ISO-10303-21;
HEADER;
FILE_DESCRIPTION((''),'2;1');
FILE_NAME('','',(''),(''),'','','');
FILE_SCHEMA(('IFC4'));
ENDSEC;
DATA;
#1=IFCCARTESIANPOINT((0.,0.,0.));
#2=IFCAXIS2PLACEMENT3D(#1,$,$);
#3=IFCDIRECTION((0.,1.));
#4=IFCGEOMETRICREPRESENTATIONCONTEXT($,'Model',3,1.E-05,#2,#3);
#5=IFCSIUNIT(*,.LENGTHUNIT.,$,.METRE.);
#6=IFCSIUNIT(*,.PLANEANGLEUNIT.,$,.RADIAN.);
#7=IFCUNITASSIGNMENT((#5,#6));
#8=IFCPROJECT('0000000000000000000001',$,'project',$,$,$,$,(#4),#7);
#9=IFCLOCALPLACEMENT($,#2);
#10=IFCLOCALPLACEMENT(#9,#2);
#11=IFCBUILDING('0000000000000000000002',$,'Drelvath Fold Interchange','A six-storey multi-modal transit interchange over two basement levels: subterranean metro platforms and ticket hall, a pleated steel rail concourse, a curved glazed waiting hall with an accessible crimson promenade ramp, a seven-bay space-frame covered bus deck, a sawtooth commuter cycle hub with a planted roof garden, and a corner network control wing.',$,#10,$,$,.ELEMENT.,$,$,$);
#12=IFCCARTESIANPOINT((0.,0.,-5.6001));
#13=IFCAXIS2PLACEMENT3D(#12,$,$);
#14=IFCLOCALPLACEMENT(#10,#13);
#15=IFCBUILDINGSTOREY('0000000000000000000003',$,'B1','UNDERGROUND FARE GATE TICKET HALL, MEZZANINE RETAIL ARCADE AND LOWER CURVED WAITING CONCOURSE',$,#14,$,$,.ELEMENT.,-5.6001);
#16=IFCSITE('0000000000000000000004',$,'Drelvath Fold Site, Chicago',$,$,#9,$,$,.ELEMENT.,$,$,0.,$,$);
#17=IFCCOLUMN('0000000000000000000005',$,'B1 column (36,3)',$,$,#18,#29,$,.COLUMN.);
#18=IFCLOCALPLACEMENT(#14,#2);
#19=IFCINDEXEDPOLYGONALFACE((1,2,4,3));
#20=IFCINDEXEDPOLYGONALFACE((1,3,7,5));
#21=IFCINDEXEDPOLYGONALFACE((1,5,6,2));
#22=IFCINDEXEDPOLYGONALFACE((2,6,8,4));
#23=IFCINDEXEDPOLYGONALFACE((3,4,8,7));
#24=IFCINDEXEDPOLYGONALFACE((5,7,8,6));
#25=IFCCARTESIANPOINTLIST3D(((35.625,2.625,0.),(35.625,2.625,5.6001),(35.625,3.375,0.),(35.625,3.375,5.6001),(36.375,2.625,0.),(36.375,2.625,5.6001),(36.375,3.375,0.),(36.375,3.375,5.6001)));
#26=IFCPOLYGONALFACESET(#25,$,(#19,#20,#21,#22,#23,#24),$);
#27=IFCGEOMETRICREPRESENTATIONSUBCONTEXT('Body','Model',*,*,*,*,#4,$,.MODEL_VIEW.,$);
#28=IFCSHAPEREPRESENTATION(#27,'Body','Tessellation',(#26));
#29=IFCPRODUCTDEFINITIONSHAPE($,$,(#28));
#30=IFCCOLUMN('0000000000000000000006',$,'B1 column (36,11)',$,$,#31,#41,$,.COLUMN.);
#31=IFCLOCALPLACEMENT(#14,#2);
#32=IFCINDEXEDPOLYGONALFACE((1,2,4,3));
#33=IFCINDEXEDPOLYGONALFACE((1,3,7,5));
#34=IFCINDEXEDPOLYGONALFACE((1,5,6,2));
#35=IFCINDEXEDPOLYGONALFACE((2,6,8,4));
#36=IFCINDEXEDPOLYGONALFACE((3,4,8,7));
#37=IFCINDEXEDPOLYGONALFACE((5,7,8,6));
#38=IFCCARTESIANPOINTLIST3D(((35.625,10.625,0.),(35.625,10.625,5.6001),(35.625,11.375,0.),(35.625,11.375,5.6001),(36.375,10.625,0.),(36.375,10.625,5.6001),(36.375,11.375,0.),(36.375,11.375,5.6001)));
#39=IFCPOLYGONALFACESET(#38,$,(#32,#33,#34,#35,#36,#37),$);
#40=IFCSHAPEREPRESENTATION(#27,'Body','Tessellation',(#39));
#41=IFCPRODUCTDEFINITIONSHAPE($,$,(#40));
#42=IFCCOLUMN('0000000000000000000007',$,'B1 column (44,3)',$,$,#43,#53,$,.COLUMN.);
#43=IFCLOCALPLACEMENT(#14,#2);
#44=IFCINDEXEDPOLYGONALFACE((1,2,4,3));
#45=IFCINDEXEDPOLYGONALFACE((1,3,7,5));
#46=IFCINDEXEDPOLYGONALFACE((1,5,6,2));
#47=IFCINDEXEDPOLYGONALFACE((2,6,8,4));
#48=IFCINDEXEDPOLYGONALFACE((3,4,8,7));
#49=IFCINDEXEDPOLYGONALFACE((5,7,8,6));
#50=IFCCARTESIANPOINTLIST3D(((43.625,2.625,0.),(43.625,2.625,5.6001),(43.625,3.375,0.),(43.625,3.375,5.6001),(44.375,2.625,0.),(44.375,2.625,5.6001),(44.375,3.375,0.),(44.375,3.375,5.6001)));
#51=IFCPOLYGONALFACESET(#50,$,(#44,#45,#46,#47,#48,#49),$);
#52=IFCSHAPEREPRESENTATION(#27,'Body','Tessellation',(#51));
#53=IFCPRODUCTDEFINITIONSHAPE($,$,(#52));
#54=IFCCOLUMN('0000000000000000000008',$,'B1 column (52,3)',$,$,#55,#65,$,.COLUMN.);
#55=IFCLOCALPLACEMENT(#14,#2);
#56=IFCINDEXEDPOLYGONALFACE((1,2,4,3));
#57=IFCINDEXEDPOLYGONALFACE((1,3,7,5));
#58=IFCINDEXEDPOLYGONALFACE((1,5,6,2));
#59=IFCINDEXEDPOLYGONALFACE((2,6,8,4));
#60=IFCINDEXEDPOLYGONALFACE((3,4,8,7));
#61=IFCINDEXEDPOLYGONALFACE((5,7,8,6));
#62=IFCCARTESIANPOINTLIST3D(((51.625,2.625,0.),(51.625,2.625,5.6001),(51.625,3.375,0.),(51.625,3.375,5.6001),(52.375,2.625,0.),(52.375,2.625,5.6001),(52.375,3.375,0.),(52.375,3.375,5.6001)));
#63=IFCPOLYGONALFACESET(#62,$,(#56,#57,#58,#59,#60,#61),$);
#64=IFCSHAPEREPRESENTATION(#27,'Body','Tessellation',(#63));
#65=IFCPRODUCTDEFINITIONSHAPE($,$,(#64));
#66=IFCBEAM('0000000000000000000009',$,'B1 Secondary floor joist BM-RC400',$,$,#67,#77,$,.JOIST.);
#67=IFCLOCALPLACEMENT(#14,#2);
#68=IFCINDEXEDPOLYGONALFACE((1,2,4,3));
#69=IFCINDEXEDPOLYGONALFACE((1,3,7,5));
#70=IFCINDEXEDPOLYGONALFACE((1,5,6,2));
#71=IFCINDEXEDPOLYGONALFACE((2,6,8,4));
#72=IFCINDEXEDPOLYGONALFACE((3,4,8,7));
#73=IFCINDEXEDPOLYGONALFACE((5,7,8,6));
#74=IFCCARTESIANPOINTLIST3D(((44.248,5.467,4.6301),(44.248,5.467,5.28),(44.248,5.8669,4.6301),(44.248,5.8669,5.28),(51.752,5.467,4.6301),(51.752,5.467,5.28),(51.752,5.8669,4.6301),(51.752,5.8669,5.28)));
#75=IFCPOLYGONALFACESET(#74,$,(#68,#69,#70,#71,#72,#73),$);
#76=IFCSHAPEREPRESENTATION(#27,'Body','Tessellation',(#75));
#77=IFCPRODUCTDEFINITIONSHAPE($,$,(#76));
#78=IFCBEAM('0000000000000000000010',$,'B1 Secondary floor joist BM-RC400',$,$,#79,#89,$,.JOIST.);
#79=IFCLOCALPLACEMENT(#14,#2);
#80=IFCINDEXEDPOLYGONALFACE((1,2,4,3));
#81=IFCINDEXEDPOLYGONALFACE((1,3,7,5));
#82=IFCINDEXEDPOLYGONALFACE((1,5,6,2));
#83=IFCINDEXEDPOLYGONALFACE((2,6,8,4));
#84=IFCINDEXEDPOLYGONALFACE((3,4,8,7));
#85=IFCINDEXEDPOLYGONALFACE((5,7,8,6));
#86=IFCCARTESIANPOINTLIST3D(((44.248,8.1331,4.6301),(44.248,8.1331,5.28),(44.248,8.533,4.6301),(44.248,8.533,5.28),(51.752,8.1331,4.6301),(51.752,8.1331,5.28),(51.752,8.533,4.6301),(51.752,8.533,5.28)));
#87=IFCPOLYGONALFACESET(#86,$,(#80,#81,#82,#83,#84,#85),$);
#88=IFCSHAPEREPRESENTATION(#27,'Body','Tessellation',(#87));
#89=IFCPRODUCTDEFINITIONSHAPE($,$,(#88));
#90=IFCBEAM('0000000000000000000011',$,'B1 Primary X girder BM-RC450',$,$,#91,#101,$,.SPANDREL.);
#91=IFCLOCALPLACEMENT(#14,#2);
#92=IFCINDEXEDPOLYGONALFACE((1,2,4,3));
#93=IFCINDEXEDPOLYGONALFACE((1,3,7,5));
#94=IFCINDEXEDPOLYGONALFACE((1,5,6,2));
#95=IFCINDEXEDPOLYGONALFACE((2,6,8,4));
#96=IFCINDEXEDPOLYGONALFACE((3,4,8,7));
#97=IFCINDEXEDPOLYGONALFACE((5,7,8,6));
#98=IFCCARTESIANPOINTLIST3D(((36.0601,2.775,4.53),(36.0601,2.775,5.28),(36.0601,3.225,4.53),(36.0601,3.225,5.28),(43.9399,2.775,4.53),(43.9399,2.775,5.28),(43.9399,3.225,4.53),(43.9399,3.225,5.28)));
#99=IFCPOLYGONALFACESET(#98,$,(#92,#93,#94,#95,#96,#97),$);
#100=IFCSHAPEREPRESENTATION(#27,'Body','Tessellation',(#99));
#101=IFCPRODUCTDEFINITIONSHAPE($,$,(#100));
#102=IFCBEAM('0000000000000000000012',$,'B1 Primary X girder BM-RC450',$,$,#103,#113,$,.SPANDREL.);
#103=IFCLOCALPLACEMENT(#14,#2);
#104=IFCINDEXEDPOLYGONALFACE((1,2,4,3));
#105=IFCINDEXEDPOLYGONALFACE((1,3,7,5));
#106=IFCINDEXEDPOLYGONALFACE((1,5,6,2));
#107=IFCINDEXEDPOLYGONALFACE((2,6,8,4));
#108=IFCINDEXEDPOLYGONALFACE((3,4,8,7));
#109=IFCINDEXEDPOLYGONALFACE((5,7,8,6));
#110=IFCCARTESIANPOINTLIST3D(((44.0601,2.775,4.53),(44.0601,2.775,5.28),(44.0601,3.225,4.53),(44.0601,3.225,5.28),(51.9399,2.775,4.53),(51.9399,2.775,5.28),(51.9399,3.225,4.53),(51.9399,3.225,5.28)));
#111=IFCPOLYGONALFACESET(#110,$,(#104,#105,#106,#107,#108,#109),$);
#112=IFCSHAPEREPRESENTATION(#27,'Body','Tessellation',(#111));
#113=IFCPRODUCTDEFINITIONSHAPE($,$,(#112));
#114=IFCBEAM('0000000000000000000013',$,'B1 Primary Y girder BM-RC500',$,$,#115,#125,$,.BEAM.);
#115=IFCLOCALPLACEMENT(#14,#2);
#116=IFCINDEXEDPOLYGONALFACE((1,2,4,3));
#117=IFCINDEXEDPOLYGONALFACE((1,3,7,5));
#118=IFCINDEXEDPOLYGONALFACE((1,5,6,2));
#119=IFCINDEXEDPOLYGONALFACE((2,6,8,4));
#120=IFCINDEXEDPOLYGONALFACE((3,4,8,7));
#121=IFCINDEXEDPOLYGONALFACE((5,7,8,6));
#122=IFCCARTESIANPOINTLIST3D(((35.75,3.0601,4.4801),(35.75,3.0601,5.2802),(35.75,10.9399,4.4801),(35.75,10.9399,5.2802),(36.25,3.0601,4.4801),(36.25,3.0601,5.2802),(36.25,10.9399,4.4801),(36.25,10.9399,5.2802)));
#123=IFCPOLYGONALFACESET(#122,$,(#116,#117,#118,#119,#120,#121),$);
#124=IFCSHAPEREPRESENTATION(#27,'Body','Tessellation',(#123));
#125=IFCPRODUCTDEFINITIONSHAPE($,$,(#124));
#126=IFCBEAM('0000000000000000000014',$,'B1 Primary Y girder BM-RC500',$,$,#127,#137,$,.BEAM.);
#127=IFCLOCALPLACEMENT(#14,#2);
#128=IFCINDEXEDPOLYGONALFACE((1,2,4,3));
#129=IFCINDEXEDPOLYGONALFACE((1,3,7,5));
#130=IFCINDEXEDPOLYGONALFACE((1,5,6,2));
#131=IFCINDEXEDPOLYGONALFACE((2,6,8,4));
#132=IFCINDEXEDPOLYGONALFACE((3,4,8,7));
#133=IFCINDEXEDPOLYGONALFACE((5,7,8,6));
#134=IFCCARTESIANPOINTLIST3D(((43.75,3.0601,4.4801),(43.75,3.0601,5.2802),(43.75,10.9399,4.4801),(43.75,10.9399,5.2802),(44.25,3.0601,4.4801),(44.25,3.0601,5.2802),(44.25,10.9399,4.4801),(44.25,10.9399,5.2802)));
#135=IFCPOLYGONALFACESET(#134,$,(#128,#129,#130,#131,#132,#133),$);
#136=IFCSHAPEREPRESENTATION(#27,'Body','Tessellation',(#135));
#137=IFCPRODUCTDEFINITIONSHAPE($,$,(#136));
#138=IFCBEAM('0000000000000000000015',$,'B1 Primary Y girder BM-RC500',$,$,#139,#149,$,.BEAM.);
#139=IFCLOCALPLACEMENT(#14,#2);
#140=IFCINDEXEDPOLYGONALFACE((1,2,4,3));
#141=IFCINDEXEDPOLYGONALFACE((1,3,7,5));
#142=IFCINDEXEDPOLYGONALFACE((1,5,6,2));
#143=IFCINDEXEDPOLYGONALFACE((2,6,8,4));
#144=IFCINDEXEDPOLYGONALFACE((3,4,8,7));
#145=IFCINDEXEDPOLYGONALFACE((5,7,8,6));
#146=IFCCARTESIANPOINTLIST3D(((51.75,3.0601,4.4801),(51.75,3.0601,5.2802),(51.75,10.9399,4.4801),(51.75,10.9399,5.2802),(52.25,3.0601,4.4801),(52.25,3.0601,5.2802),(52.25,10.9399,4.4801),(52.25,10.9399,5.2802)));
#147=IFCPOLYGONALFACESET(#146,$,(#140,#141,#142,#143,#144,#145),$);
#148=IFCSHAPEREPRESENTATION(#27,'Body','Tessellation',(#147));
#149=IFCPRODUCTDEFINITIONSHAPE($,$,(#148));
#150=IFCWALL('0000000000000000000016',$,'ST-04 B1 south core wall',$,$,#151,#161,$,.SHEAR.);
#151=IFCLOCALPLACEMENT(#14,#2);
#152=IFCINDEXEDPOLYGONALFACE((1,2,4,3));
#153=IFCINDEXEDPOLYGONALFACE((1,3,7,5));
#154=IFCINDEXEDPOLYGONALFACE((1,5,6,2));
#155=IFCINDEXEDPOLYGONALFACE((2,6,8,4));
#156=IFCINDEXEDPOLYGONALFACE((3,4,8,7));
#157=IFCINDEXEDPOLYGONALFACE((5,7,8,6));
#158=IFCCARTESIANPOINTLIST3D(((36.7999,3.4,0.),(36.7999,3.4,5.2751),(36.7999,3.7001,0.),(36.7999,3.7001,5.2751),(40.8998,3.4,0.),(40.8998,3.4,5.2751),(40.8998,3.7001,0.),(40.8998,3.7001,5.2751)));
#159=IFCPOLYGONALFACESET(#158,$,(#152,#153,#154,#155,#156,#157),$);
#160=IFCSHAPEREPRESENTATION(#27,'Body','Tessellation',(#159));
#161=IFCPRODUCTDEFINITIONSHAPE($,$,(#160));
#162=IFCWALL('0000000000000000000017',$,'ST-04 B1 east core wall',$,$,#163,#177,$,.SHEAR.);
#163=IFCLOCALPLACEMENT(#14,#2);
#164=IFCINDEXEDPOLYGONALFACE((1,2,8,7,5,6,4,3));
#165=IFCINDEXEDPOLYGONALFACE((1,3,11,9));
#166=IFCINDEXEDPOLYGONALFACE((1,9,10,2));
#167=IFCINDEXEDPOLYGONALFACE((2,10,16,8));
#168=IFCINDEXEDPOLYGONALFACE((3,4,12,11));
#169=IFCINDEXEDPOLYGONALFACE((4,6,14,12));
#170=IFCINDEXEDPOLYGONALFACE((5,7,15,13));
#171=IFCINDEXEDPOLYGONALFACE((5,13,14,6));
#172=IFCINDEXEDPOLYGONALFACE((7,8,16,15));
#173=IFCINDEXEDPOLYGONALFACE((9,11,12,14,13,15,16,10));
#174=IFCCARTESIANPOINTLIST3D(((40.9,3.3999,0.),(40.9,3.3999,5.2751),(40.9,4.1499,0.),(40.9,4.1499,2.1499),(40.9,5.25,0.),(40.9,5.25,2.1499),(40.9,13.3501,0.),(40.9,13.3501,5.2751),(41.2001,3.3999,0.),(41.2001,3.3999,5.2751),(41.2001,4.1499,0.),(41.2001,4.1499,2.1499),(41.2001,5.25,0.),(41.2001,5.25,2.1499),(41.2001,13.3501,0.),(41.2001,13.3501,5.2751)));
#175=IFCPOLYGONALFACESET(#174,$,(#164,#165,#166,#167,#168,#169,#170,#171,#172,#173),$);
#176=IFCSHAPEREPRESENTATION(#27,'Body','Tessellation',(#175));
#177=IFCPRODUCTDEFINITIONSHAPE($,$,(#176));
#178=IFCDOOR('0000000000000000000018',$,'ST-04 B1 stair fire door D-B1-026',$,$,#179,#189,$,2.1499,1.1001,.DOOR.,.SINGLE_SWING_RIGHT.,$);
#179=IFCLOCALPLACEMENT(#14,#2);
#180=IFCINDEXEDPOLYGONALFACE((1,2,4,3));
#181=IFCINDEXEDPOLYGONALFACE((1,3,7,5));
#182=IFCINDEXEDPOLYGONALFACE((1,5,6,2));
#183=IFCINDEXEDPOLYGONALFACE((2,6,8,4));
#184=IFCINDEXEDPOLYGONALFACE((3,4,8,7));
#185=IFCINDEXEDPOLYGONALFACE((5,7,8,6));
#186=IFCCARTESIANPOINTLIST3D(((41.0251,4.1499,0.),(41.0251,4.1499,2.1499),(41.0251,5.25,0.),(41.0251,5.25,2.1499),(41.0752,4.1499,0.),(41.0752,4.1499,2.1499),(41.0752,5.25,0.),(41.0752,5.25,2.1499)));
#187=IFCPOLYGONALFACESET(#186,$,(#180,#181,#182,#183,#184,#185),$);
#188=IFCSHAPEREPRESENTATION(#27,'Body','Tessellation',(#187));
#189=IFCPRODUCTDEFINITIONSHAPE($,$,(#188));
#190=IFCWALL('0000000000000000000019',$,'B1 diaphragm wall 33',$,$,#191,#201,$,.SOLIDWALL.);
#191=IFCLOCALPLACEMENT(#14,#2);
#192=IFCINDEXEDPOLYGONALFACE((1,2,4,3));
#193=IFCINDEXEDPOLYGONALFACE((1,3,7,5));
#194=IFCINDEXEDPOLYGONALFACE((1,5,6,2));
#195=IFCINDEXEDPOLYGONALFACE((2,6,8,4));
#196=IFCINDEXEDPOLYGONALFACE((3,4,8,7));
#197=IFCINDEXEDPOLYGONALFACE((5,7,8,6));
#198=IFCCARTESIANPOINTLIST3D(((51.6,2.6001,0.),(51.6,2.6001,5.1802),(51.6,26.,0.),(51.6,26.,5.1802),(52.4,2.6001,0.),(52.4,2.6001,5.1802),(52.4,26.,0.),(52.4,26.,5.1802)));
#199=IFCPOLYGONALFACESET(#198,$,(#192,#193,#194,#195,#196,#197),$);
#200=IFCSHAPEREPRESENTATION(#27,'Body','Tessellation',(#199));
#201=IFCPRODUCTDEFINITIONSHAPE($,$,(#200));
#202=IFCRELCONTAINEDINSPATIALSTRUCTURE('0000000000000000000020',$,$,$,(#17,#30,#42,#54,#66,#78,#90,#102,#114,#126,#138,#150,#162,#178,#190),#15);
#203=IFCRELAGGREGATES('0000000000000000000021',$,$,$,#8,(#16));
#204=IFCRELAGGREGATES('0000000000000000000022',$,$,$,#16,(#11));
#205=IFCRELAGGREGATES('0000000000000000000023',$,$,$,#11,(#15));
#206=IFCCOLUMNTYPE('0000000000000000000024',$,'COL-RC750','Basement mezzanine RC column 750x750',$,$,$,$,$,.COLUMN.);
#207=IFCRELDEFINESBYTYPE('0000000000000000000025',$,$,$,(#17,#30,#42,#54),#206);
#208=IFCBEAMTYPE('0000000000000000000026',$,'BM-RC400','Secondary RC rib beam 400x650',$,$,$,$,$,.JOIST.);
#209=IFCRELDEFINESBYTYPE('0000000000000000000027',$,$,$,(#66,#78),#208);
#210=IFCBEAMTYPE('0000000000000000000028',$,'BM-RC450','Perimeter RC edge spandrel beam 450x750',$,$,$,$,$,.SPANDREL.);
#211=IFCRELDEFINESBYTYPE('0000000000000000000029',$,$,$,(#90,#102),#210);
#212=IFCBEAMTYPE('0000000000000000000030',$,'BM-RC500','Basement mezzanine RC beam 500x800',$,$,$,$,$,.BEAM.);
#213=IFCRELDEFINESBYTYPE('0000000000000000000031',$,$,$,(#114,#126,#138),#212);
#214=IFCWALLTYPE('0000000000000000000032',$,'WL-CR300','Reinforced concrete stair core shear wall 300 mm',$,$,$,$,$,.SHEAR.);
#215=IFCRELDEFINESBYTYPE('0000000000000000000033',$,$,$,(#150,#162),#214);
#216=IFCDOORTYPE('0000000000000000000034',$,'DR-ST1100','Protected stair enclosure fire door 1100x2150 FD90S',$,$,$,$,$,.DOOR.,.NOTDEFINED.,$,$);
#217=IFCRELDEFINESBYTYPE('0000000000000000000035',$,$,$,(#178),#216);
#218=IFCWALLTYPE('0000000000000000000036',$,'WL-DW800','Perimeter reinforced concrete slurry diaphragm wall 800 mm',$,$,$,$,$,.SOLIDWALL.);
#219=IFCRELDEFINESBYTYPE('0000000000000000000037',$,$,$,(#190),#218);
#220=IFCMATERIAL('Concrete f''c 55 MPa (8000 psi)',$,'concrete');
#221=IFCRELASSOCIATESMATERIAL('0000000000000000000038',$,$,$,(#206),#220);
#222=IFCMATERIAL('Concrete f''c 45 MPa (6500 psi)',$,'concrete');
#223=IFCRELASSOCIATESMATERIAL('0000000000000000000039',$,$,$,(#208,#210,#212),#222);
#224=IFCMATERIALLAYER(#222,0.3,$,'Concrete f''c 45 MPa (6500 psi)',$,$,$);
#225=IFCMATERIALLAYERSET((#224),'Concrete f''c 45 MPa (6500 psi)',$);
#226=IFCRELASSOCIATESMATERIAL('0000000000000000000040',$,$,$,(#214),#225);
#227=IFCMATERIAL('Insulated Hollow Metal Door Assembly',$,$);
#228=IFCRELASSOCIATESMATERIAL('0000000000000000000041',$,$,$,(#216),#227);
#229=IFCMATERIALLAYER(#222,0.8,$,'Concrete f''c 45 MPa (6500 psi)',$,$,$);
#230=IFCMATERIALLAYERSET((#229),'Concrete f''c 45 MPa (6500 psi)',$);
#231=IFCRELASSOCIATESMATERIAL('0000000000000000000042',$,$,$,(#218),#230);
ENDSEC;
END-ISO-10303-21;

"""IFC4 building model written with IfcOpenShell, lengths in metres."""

from ifc_helpers import new_model, si_unit, direction, frame, frame_2d, origin, origin_2d, place, context, subcontext, project, spatial, rectangle, extrude, material, layer, layer_set, material_profile, profile_set, type_object, element, fill, save


model = new_model("IFC4")

# Units and contexts
model_context = context("Model", 3, precision=1e-05, world=origin(), true_north=direction((0.0, 1.0)))
body_context = subcontext(model_context, "Body", "Model", "MODEL_VIEW")
ifc_project = project(units=[si_unit("LENGTHUNIT", "METRE"), si_unit("PLANEANGLEUNIT", "RADIAN")], contexts=[model_context])

# Site, building, storey
site_placement = place(None, origin())
site = spatial("IfcSite", under=ifc_project, at=site_placement, Name="Drelvath Fold Site, Chicago", CompositionType="ELEMENT", RefElevation=0.0)
building_placement = place(site_placement, origin())
building = spatial("IfcBuilding", under=site, at=building_placement, Name="Drelvath Fold Interchange", Description="A six-storey multi-modal transit interchange over two basement levels: subterranean metro platforms and ticket hall, a pleated steel rail concourse, a curved glazed waiting hall with an accessible crimson promenade ramp, a seven-bay space-frame covered bus deck, a sawtooth commuter cycle hub with a planted roof garden, and a corner network control wing.", CompositionType="ELEMENT")
storey_placement = place(building_placement, frame((0.0, 0.0, -5.6001)))
storey = spatial("IfcBuildingStorey", under=building, at=storey_placement, Name="B1", Description="UNDERGROUND FARE GATE TICKET HALL, MEZZANINE RETAIL ARCADE AND LOWER CURVED WAITING CONCOURSE", CompositionType="ELEMENT", Elevation=-5.6001)

# Columns
ifc_material_1 = material(Name="Concrete f'c 55 MPa (8000 psi)", Category="concrete")
ifc_material_profile_1 = material_profile(ifc_material_1, rectangle(XDim=0.75, YDim=0.75, at=origin_2d()), Name="RC 750x750")
ifc_profile_set_1 = profile_set([ifc_material_profile_1], Name="Concrete f'c 55 MPa (8000 psi)")
column_type = type_object("IfcColumnType", Name="COL-RC750", Description="Basement mezzanine RC column 750x750", PredefinedType="COLUMN", material=ifc_profile_set_1)
for number, where, z_axis, x_axis, name in (
    (1, (36.0, 3.0, 0.0), (0.0, 0.0, 1.0), (1.0, 0.0, 0.0), "B1 column (36,3)"),
    (2, (36.0, 11.0, 0.0), (0.0, 0.0, 1.0), (1.0, 0.0, 0.0), "B1 column (36,11)"),
    (3, (44.0, 3.0, 0.0), (0.0, 0.0, 1.0), (1.0, 0.0, 0.0), "B1 column (44,3)"),
    (4, (52.0, 3.0, 0.0), (0.0, 0.0, 1.0), (1.0, 0.0, 0.0), "B1 column (52,3)"),
):
    element("IfcColumn", number, at=place(storey_placement, frame(where, z_axis=z_axis, x_axis=x_axis)), inside=storey, type_object=column_type, Name=name, PredefinedType="COLUMN", context=body_context, shape_type="SweptSolid", body=[
        extrude(rectangle(XDim=0.75, YDim=0.75, at=origin_2d()), origin(), (0.0, 0.0, 1.0), 5.6001),
    ])

# Beams
ifc_material_2 = material(Name="Concrete f'c 45 MPa (6500 psi)", Category="concrete")
ifc_material_profile_2 = material_profile(ifc_material_2, rectangle(XDim=0.3999, YDim=0.6499, at=origin_2d()), Name="RC 400x650")
ifc_profile_set_2 = profile_set([ifc_material_profile_2], Name="Concrete f'c 45 MPa (6500 psi)")
beam_type_1 = type_object("IfcBeamType", Name="BM-RC400", Description="Secondary RC rib beam 400x650", PredefinedType="JOIST", material=ifc_profile_set_2)
for number, where, z_axis, x_axis, name in (
    (5, (44.248, 5.667, 4.9551), (1.0, 0.0, 0.0), (0.0, 1.0, 0.0), "B1 Secondary floor joist BM-RC400"),
    (6, (44.248, 8.333, 4.9551), (1.0, 0.0, 0.0), (0.0, 1.0, 0.0), "B1 Secondary floor joist BM-RC400"),
):
    element("IfcBeam", number, at=place(storey_placement, frame(where, z_axis=z_axis, x_axis=x_axis)), inside=storey, type_object=beam_type_1, Name=name, PredefinedType="JOIST", context=body_context, shape_type="SweptSolid", body=[
        extrude(rectangle(XDim=0.3999, YDim=0.6499, at=origin_2d()), origin(), (0.0, 0.0, 1.0), 7.5039),
    ])
ifc_material_profile_3 = material_profile(ifc_material_2, rectangle(XDim=0.45, YDim=0.75, at=origin_2d()), Name="RC 450x750")
ifc_profile_set_3 = profile_set([ifc_material_profile_3], Name="Concrete f'c 45 MPa (6500 psi)")
beam_type_2 = type_object("IfcBeamType", Name="BM-RC450", Description="Perimeter RC edge spandrel beam 450x750", PredefinedType="SPANDREL", material=ifc_profile_set_3)
for number, where, z_axis, x_axis, name in (
    (7, (36.0601, 3.0, 4.905), (1.0, 0.0, 0.0), (0.0, 1.0, 0.0), "B1 Primary X girder BM-RC450"),
    (8, (44.0601, 3.0, 4.905), (1.0, 0.0, 0.0), (0.0, 1.0, 0.0), "B1 Primary X girder BM-RC450"),
):
    element("IfcBeam", number, at=place(storey_placement, frame(where, z_axis=z_axis, x_axis=x_axis)), inside=storey, type_object=beam_type_2, Name=name, PredefinedType="SPANDREL", context=body_context, shape_type="SweptSolid", body=[
        extrude(rectangle(XDim=0.45, YDim=0.75, at=origin_2d()), origin(), (0.0, 0.0, 1.0), 7.8799),
    ])
ifc_material_profile_4 = material_profile(ifc_material_2, rectangle(XDim=0.5, YDim=0.8, at=origin_2d()), Name="RC 500x800")
ifc_profile_set_4 = profile_set([ifc_material_profile_4], Name="Concrete f'c 45 MPa (6500 psi)")
beam_type_3 = type_object("IfcBeamType", Name="BM-RC500", Description="Basement mezzanine RC beam 500x800", PredefinedType="BEAM", material=ifc_profile_set_4)
for number, where, z_axis, x_axis, name in (
    (9, (36.0, 3.0601, 4.8801), (0.0, 1.0, 0.0), (-1.0, 0.0, 0.0), "B1 Primary Y girder BM-RC500"),
    (10, (44.0, 3.0601, 4.8801), (0.0, 1.0, 0.0), (-1.0, 0.0, 0.0), "B1 Primary Y girder BM-RC500"),
    (11, (52.0, 3.0601, 4.8801), (0.0, 1.0, 0.0), (-1.0, 0.0, 0.0), "B1 Primary Y girder BM-RC500"),
):
    element("IfcBeam", number, at=place(storey_placement, frame(where, z_axis=z_axis, x_axis=x_axis)), inside=storey, type_object=beam_type_3, Name=name, PredefinedType="BEAM", context=body_context, shape_type="SweptSolid", body=[
        extrude(rectangle(XDim=0.5, YDim=0.8, at=origin_2d()), origin(), (0.0, 0.0, 1.0), 7.8799),
    ])

# Wall
ifc_layer_1 = layer(ifc_material_2, 0.3, Name="Concrete f'c 45 MPa (6500 psi)")
ifc_layer_set_1 = layer_set([ifc_layer_1], Name="Concrete f'c 45 MPa (6500 psi)")
wall_type_1 = type_object("IfcWallType", Name="WL-CR300", Description="Reinforced concrete stair core shear wall 300 mm", PredefinedType="SHEAR", material=ifc_layer_set_1)
wall_1_placement = place(storey_placement, frame((36.8, 3.55, 0.0), z_axis=(0.0, 0.0, 1.0), x_axis=(1.0, 0.0, 0.0)))
element("IfcWall", 12, at=wall_1_placement, inside=storey, type_object=wall_type_1, Name="ST-04 B1 south core wall", PredefinedType="SHEAR", context=body_context, shape_type="SweptSolid", body=[
    extrude(rectangle(XDim=4.0999, YDim=0.3, at=frame_2d((2.0498, 0.0))), origin(), (0.0, 0.0, 1.0), 5.2751),
])

# Wall, opening, door
wall_2_placement = place(storey_placement, frame((41.05, 3.3999, 0.0), z_axis=(0.0, 0.0, 1.0), x_axis=(0.0, 1.0, 0.0)))
wall_2 = element("IfcWall", 13, at=wall_2_placement, inside=storey, type_object=wall_type_1, Name="ST-04 B1 east core wall", PredefinedType="SHEAR", context=body_context, shape_type="SweptSolid", body=[
    extrude(rectangle(XDim=9.9502, YDim=0.3, at=frame_2d((4.9751, 0.0))), origin(), (0.0, 0.0, 1.0), 5.2751),
])
opening_1_placement = place(wall_2_placement, frame((0.75, 0.0, 0.0)))
opening_1 = element("IfcOpeningElement", 14, at=opening_1_placement, cuts=wall_2, PredefinedType="OPENING", context=body_context, shape_type="SweptSolid", body=[
    extrude(rectangle(XDim=1.1001, YDim=2.1499, at=frame_2d((0.55, 1.075))), frame((0.0, 0.1599, 0.0), z_axis=(0.0, -1.0, 0.0), x_axis=(1.0, 0.0, 0.0)), (0.0, 0.0, 1.0), 0.3201),
])
ifc_material_3 = material(Name="Insulated Hollow Metal Door Assembly")
door_type_1 = type_object("IfcDoorType", Name="DR-ST1100", Description="Protected stair enclosure fire door 1100x2150 FD90S", OperationType="NOTDEFINED", PredefinedType="DOOR", material=ifc_material_3)
door_1_placement = place(opening_1_placement, origin())
door_1 = element("IfcDoor", 15, at=door_1_placement, inside=storey, type_object=door_type_1, Name="ST-04 B1 stair fire door D-B1-026", OperationType="SINGLE_SWING_RIGHT", OverallHeight=2.1499, OverallWidth=1.1001, PredefinedType="DOOR", context=body_context, shape_type="SweptSolid", body=[
    extrude(rectangle(XDim=1.1001, YDim=2.1499, at=frame_2d((0.55, 1.075))), frame((0.0, 0.0249, 0.0), z_axis=(0.0, -1.0, 0.0), x_axis=(1.0, 0.0, 0.0)), (0.0, 0.0, 1.0), 0.05),
])
fill(opening_1, door_1)

# Wall
ifc_layer_2 = layer(ifc_material_2, 0.8, Name="Concrete f'c 45 MPa (6500 psi)")
ifc_layer_set_2 = layer_set([ifc_layer_2], Name="Concrete f'c 45 MPa (6500 psi)")
wall_type_2 = type_object("IfcWallType", Name="WL-DW800", Description="Perimeter reinforced concrete slurry diaphragm wall 800 mm", PredefinedType="SOLIDWALL", material=ifc_layer_set_2)
wall_3_placement = place(storey_placement, frame((52.0, 2.6001, 0.0), z_axis=(0.0, 0.0, 1.0), x_axis=(0.0, 1.0, 0.0)))
element("IfcWall", 16, at=wall_3_placement, inside=storey, type_object=wall_type_2, Name="B1 diaphragm wall 33", PredefinedType="SOLIDWALL", context=body_context, shape_type="SweptSolid", body=[
    extrude(rectangle(XDim=23.3999, YDim=0.8, at=frame_2d((11.7, 0.0))), origin(), (0.0, 0.0, 1.0), 5.1802),
])

save(model, "model.ifc")
